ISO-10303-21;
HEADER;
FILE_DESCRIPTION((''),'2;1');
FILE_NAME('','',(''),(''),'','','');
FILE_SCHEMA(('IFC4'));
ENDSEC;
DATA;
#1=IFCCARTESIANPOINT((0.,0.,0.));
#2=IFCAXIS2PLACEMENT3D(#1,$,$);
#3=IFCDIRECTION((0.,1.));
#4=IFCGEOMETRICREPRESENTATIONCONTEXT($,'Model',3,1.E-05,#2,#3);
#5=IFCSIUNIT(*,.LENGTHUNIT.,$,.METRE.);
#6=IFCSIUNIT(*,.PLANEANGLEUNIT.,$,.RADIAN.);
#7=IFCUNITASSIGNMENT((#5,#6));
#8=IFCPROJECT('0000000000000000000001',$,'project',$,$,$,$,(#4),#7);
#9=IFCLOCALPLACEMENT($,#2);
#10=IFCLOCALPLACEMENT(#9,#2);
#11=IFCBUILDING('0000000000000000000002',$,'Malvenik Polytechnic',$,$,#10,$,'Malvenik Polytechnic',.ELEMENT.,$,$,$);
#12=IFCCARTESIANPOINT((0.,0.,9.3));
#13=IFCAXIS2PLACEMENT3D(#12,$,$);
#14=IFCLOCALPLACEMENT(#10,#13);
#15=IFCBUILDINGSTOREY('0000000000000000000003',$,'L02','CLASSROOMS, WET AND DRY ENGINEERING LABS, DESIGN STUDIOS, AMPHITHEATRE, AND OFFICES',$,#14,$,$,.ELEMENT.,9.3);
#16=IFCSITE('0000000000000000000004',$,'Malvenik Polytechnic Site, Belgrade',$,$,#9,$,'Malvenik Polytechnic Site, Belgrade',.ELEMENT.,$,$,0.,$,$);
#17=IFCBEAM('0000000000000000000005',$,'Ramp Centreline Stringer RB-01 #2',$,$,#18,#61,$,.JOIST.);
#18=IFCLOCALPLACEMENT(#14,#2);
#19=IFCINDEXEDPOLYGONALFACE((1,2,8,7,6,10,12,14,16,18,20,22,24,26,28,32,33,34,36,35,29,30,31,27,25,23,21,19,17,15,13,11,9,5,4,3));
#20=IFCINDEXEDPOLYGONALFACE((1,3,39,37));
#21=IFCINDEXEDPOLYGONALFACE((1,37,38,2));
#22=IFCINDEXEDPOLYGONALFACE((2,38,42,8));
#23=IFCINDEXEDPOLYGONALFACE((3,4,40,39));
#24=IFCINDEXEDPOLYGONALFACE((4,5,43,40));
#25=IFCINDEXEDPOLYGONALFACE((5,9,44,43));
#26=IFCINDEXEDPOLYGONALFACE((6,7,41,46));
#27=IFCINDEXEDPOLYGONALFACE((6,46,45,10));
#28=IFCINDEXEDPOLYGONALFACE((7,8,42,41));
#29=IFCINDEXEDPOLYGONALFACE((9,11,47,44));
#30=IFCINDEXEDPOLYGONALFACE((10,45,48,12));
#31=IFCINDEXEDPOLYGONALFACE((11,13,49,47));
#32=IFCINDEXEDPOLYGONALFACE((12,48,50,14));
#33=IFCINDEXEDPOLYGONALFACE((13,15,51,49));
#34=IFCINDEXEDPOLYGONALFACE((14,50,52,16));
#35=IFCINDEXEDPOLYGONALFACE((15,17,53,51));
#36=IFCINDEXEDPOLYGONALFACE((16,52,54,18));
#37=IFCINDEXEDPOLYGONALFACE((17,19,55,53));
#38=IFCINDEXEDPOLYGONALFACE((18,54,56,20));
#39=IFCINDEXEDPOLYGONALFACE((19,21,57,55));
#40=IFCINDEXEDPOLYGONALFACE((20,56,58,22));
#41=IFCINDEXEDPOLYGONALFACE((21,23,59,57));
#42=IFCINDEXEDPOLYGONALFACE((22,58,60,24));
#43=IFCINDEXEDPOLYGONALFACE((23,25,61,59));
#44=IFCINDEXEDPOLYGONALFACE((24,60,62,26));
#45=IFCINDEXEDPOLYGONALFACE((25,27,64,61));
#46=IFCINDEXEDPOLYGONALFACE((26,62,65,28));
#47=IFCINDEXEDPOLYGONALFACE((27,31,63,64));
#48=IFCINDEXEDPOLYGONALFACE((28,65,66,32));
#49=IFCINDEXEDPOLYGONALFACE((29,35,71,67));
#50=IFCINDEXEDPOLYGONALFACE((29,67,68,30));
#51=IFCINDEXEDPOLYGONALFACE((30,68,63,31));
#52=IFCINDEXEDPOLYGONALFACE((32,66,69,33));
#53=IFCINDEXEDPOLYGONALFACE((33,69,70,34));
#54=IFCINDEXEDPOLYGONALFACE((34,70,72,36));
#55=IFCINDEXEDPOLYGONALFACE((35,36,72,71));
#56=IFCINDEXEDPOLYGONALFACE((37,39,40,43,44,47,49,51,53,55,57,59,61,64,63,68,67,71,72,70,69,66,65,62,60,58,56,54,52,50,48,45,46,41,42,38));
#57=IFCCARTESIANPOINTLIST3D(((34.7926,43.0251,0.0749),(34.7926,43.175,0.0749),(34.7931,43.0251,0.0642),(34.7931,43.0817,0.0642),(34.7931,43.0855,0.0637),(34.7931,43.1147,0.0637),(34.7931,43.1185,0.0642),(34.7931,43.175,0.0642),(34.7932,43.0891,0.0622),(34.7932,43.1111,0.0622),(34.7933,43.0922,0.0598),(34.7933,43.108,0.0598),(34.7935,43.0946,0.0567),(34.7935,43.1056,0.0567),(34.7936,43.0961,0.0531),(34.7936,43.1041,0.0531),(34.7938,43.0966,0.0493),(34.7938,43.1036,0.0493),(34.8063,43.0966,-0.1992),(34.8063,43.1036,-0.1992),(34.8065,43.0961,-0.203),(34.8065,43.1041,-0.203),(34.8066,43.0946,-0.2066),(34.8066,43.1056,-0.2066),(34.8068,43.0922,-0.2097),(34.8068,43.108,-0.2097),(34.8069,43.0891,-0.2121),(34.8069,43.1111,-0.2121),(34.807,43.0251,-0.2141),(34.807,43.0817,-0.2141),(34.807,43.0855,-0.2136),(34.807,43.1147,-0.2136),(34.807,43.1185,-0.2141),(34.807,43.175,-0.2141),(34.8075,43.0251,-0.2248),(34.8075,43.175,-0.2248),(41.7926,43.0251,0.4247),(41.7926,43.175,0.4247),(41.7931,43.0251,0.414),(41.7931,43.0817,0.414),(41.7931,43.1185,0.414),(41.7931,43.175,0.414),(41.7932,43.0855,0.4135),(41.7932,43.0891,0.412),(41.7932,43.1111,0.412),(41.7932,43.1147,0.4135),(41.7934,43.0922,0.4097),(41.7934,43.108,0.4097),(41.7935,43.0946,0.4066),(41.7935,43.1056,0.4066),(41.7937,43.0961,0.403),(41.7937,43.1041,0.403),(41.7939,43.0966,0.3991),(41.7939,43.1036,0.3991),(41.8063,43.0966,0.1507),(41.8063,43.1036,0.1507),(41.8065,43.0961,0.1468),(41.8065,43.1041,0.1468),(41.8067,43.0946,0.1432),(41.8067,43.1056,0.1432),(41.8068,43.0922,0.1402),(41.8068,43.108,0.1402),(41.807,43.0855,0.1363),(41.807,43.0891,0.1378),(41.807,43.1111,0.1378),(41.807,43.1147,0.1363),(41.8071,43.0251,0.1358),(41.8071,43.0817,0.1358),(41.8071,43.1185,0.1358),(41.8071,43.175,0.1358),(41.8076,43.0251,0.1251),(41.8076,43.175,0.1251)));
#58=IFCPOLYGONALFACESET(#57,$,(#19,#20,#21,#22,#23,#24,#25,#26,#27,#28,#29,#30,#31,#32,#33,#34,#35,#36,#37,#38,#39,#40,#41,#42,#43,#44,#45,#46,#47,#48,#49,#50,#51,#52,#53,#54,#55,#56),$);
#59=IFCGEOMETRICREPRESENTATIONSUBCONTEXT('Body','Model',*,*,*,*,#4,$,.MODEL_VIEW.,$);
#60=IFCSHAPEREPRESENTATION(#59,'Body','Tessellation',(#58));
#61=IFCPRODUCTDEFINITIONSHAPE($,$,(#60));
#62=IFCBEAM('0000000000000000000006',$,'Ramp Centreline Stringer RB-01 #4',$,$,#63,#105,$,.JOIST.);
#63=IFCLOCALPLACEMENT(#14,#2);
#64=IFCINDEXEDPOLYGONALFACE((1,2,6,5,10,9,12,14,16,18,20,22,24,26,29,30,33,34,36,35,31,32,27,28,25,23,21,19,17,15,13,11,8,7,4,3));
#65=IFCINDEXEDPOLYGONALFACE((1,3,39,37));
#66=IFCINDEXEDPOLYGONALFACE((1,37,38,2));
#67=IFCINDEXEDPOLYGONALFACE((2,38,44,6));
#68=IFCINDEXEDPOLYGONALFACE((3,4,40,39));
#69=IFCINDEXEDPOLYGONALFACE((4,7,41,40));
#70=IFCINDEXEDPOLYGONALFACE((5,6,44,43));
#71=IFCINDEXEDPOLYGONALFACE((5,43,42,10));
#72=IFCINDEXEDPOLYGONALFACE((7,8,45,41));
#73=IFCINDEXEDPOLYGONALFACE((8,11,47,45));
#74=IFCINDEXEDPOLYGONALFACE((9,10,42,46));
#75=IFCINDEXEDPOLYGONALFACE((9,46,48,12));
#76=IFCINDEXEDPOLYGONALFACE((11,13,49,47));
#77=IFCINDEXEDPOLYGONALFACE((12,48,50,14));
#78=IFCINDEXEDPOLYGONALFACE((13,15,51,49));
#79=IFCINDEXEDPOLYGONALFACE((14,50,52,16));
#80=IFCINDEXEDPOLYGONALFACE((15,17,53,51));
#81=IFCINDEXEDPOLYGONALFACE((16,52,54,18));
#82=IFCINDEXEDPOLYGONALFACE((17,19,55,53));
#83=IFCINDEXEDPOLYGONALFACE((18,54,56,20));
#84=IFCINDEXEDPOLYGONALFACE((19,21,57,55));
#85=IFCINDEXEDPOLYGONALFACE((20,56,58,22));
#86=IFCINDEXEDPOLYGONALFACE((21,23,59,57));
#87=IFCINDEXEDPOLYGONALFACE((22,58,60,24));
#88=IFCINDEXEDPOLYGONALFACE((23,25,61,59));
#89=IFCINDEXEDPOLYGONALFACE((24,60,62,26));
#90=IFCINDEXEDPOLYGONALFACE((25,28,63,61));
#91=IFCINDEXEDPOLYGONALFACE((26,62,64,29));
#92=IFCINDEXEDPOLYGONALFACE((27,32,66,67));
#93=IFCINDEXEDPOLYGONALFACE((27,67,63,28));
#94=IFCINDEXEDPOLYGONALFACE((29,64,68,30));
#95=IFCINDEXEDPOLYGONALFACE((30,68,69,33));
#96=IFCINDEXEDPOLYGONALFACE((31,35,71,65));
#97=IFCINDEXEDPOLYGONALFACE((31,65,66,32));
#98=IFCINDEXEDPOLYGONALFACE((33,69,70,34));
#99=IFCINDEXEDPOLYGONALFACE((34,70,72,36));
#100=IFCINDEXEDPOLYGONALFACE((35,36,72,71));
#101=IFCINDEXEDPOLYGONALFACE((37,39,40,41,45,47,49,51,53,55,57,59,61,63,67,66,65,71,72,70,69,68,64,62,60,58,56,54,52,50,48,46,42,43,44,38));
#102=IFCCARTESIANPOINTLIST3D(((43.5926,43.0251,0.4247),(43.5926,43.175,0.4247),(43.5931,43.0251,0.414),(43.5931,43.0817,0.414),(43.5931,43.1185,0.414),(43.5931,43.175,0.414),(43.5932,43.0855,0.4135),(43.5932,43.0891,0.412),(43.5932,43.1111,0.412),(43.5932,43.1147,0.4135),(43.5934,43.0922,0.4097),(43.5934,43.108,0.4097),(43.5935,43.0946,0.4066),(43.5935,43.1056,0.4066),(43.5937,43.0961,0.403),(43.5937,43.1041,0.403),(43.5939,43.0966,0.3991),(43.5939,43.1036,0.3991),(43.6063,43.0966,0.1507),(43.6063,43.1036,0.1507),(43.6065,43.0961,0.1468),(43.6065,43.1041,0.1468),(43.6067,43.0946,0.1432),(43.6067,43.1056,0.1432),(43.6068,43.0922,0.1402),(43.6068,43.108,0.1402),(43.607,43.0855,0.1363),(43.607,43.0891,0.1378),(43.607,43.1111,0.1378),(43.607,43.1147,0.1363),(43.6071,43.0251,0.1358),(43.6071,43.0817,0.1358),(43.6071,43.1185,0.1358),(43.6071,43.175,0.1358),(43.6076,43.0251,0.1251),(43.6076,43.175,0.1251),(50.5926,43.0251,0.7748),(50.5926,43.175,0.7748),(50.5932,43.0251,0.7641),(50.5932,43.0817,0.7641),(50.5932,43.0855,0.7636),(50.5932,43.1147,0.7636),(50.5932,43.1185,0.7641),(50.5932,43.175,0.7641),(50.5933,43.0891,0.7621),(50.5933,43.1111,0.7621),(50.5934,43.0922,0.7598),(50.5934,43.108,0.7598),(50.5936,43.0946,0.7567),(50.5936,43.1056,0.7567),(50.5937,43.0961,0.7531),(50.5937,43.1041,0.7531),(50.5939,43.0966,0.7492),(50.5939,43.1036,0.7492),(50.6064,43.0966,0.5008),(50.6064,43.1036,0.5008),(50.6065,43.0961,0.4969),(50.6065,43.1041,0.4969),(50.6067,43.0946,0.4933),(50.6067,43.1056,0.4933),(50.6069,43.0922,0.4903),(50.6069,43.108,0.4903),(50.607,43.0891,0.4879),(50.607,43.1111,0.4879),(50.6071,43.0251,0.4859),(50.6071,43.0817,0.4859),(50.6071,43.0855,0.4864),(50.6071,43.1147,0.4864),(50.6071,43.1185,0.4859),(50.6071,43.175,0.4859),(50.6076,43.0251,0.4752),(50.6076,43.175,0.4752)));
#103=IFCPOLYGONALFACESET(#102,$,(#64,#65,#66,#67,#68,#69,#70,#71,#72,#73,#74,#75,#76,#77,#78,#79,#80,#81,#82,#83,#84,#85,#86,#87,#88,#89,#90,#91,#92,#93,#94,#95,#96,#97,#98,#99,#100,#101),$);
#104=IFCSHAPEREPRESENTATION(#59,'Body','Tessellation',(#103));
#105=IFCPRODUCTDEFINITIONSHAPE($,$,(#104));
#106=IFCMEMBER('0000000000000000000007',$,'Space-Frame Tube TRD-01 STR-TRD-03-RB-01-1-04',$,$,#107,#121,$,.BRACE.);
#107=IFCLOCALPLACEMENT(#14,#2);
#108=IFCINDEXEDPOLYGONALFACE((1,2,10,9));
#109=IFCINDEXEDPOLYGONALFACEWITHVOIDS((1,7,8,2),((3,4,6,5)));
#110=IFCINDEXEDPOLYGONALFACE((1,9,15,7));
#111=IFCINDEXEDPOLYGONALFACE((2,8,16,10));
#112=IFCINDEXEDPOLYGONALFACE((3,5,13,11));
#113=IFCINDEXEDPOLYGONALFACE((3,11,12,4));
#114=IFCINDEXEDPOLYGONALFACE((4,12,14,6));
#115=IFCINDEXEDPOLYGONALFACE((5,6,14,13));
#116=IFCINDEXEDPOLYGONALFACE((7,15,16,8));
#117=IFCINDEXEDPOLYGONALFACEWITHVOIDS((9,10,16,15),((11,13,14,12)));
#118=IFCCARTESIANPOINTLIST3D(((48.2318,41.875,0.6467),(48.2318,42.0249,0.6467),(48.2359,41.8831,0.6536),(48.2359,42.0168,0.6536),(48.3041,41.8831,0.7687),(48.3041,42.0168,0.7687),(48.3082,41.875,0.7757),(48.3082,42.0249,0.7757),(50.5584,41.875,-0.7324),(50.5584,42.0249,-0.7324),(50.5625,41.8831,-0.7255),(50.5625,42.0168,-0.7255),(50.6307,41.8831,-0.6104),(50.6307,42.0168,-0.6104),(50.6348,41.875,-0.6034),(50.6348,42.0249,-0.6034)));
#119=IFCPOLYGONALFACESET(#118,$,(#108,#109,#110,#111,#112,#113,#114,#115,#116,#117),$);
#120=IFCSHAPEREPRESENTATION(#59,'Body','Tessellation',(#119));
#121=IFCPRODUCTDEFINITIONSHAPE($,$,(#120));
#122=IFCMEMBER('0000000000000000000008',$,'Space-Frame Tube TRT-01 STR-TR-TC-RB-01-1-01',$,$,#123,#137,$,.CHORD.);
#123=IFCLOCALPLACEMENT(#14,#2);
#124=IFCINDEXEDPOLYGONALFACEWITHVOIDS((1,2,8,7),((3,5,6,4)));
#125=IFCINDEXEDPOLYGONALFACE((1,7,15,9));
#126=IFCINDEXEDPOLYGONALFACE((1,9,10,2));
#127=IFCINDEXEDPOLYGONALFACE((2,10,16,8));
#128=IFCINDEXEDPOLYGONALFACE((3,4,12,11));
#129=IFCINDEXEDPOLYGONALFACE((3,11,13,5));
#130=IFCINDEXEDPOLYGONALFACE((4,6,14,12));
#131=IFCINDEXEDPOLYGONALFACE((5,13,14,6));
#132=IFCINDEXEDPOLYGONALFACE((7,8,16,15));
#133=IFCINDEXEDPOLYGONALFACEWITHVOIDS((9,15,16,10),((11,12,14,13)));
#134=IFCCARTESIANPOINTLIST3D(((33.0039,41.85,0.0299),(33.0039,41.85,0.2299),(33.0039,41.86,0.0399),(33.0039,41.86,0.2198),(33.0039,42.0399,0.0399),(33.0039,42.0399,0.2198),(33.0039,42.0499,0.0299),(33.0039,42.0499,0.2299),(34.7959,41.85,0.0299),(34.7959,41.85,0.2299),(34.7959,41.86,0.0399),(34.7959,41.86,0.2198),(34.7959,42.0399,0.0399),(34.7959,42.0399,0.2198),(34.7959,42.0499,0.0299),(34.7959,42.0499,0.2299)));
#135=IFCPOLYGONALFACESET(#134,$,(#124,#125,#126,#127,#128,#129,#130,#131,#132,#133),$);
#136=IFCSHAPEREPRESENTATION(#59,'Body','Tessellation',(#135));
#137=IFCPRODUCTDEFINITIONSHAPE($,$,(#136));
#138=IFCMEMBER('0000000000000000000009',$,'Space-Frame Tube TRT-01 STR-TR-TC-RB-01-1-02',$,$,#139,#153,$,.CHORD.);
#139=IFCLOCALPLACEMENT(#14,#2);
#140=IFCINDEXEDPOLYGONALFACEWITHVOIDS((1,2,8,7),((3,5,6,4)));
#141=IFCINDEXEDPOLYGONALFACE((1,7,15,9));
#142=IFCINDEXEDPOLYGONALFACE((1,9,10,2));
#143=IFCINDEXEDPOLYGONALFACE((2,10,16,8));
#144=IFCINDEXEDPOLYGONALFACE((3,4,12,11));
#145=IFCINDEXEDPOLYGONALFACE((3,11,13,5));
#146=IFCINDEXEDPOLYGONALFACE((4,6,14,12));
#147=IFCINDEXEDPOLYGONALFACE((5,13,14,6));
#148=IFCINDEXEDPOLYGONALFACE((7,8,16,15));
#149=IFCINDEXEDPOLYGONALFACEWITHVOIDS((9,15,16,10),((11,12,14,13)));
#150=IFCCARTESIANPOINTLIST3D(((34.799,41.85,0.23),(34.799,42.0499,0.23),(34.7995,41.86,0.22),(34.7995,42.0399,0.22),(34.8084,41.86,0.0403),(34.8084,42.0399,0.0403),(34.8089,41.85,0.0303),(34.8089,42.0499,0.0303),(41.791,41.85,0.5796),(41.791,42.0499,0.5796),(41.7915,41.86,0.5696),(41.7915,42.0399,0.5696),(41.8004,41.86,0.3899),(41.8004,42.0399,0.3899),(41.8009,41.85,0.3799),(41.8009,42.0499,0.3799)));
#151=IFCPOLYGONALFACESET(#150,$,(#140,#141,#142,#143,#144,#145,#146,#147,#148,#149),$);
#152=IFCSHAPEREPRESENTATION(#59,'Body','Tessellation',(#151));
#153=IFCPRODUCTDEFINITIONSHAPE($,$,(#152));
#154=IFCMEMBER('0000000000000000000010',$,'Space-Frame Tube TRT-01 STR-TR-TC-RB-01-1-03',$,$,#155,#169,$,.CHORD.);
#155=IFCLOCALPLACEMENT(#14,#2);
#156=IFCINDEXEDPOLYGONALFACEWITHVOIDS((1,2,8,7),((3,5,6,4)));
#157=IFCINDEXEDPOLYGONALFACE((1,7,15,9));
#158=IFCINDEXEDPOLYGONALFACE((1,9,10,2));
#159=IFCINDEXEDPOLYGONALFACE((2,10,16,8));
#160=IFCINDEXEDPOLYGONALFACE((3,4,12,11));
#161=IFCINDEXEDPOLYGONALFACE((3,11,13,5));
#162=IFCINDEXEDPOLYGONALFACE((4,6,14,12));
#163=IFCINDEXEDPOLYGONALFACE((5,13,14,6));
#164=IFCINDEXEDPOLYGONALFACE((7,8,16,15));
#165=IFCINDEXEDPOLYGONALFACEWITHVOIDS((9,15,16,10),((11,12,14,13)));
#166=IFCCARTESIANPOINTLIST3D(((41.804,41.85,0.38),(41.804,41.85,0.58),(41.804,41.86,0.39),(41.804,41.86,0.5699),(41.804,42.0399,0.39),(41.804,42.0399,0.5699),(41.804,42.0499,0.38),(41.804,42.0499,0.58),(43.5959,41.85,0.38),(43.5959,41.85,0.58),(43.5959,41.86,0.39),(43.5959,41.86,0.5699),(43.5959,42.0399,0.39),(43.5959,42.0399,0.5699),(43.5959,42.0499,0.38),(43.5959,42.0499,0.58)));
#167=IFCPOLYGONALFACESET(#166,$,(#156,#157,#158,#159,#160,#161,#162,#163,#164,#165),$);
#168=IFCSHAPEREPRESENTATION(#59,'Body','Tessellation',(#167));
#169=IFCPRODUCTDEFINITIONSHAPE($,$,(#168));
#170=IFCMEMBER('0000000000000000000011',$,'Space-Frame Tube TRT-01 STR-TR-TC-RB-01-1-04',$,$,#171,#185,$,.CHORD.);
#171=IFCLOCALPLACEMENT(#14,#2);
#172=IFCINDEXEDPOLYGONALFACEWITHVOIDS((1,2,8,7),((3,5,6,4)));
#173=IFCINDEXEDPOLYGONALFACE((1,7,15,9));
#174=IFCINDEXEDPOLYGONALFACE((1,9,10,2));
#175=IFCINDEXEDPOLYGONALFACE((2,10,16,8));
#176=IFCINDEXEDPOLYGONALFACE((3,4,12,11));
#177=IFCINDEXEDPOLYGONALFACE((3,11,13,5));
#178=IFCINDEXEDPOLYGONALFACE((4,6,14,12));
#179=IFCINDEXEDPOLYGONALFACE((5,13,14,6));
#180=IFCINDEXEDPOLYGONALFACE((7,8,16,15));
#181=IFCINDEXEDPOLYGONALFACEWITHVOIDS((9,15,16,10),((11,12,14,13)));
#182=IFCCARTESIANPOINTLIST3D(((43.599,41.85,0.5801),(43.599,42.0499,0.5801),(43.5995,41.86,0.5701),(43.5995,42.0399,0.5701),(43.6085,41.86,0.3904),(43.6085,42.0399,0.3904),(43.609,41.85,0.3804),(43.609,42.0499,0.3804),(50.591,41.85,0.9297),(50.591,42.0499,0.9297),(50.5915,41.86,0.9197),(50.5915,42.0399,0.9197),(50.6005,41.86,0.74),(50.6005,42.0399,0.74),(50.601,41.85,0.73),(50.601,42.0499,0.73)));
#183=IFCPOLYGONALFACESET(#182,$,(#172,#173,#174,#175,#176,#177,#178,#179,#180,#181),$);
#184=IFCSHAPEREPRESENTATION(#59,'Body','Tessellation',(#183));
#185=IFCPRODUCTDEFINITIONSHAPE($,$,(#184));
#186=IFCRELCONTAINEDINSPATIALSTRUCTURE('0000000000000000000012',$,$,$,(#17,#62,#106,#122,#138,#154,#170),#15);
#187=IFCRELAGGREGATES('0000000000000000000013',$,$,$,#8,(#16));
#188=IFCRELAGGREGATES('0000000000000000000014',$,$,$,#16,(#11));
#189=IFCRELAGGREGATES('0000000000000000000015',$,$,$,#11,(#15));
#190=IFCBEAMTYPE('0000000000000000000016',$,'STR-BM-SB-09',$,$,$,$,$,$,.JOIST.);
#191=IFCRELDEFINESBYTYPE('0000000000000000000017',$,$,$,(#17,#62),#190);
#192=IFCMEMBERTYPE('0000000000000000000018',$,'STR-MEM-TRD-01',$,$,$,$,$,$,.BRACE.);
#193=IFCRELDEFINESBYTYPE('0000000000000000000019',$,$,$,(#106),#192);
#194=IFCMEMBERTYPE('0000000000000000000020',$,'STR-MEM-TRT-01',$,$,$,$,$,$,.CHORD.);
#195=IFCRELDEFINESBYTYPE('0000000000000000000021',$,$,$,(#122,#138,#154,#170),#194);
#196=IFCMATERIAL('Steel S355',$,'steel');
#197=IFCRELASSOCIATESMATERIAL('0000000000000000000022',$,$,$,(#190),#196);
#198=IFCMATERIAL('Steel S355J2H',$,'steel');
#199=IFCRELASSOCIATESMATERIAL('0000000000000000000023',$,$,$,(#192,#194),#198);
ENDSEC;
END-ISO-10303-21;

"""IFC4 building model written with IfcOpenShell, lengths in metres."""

from ifc_helpers import new_model, si_unit, direction, frame, origin, origin_2d, place, context, subcontext, project, spatial, hollow_rectangle, i_section, extrude, material, material_profile, profile_set, type_object, element, save


model = new_model("IFC4")

# Units and contexts
model_context = context("Model", 3, precision=1e-05, world=origin(), true_north=direction((0.0, 1.0)))
body_context = subcontext(model_context, "Body", "Model", "MODEL_VIEW")
ifc_project = project(units=[si_unit("LENGTHUNIT", "METRE"), si_unit("PLANEANGLEUNIT", "RADIAN")], contexts=[model_context])

# Site, building, storey
site_placement = place(None, origin())
site = spatial("IfcSite", under=ifc_project, at=site_placement, Name="Malvenik Polytechnic Site, Belgrade", LongName="Malvenik Polytechnic Site, Belgrade", CompositionType="ELEMENT", RefElevation=0.0)
building_placement = place(site_placement, origin())
building = spatial("IfcBuilding", under=site, at=building_placement, Name="Malvenik Polytechnic", LongName="Malvenik Polytechnic", CompositionType="ELEMENT")
storey_placement = place(building_placement, frame((0.0, 0.0, 9.3)))
storey = spatial("IfcBuildingStorey", under=building, at=storey_placement, Name="L02", Description="CLASSROOMS, WET AND DRY ENGINEERING LABS, DESIGN STUDIOS, AMPHITHEATRE, AND OFFICES", CompositionType="ELEMENT", Elevation=9.3)

# Shared definitions
ifc_material_1 = material(Name="Steel S355J2H", Category="steel")
ifc_material_2 = material(Name="Steel S355", Category="steel")

# Beams
ifc_material_profile_1 = material_profile(ifc_material_2, i_section(OverallWidth=0.1499, OverallDepth=0.3, WebThickness=0.0071, FlangeThickness=0.0107, FilletRadius=0.0149, at=origin_2d()), Name="IPE 300")
ifc_profile_set_1 = profile_set([ifc_material_profile_1], Name="Steel S355")
beam_type_1 = type_object("IfcBeamType", Name="STR-BM-SB-09", PredefinedType="JOIST", material=ifc_profile_set_1)
for number, where, z_axis, x_axis, name in (
    (1, (34.8, 43.1001, -0.075), (0.998753, 0.0, 0.049917), (0.0, 1.0, 0.0), "Ramp Centreline Stringer RB-01 #2"),
    (2, (43.6001, 43.1001, 0.2749), (0.998752, 0.0, 0.049952), (0.0, 1.0, 0.0), "Ramp Centreline Stringer RB-01 #4"),
):
    element("IfcBeam", number, at=place(storey_placement, frame(where, z_axis=z_axis, x_axis=x_axis)), inside=storey, type_object=beam_type_1, Name=name, PredefinedType="JOIST", context=body_context, shape_type="SweptSolid", body=[
        extrude(i_section(OverallWidth=0.1499, OverallDepth=0.3, WebThickness=0.0071, FlangeThickness=0.0107, FilletRadius=0.0149, at=origin_2d()), origin(), (0.0, 0.0, 1.0), 7.0088),
    ])

# Members
ifc_material_profile_2 = material_profile(ifc_material_1, hollow_rectangle(XDim=0.1499, YDim=0.1499, WallThickness=0.0081, at=origin_2d()), Name="SHS 150x150x8.0")
ifc_profile_set_2 = profile_set([ifc_material_profile_2], Name="Steel S355J2H")
member_type_1 = type_object("IfcMemberType", Name="STR-MEM-TRD-01", PredefinedType="BRACE", material=ifc_profile_set_2)
member_1_placement = place(storey_placement, frame((48.27, 41.95, 0.7112), z_axis=(0.860228, 0.0, -0.509909), x_axis=(0.0, 1.0, 0.0)))
element("IfcMember", 3, at=member_1_placement, inside=storey, type_object=member_type_1, Name="Space-Frame Tube TRD-01 STR-TRD-03-RB-01-1-04", PredefinedType="BRACE", context=body_context, shape_type="SweptSolid", body=[
    extrude(hollow_rectangle(XDim=0.1499, YDim=0.1499, WallThickness=0.0081, at=origin_2d()), origin(), (0.0, 0.0, 1.0), 2.7046),
])
ifc_material_profile_3 = material_profile(ifc_material_1, hollow_rectangle(XDim=0.2, YDim=0.2, WallThickness=0.01, at=origin_2d()), Name="SHS 200x200x10.0")
ifc_profile_set_3 = profile_set([ifc_material_profile_3], Name="Steel S355J2H")
member_type_2 = type_object("IfcMemberType", Name="STR-MEM-TRT-01", PredefinedType="CHORD", material=ifc_profile_set_3)
member_2_placement = place(storey_placement, frame((33.0039, 41.95, 0.1299), z_axis=(1.0, 0.0, 0.0), x_axis=(0.0, 1.0, 0.0)))
element("IfcMember", 4, at=member_2_placement, inside=storey, type_object=member_type_2, Name="Space-Frame Tube TRT-01 STR-TR-TC-RB-01-1-01", PredefinedType="CHORD", context=body_context, shape_type="SweptSolid", body=[
    extrude(hollow_rectangle(XDim=0.2, YDim=0.2, WallThickness=0.01, at=origin_2d()), origin(), (0.0, 0.0, 1.0), 1.792),
])
member_3_placement = place(storey_placement, frame((34.804, 41.95, 0.1301), z_axis=(0.998752, 0.0, 0.049939), x_axis=(0.0, 1.0, 0.0)))
element("IfcMember", 5, at=member_3_placement, inside=storey, type_object=member_type_2, Name="Space-Frame Tube TRT-01 STR-TR-TC-RB-01-1-02", PredefinedType="CHORD", context=body_context, shape_type="SweptSolid", body=[
    extrude(hollow_rectangle(XDim=0.2, YDim=0.2, WallThickness=0.01, at=origin_2d()), origin(), (0.0, 0.0, 1.0), 7.0007),
])
member_4_placement = place(storey_placement, frame((41.804, 41.95, 0.48), z_axis=(1.0, 0.0, 0.0), x_axis=(0.0, 1.0, 0.0)))
element("IfcMember", 6, at=member_4_placement, inside=storey, type_object=member_type_2, Name="Space-Frame Tube TRT-01 STR-TR-TC-RB-01-1-03", PredefinedType="CHORD", context=body_context, shape_type="SweptSolid", body=[
    extrude(hollow_rectangle(XDim=0.2, YDim=0.2, WallThickness=0.01, at=origin_2d()), origin(), (0.0, 0.0, 1.0), 1.792),
])
member_5_placement = place(storey_placement, frame((43.604, 41.95, 0.4802), z_axis=(0.998752, 0.0, 0.049939), x_axis=(0.0, 1.0, 0.0)))
element("IfcMember", 7, at=member_5_placement, inside=storey, type_object=member_type_2, Name="Space-Frame Tube TRT-01 STR-TR-TC-RB-01-1-04", PredefinedType="CHORD", context=body_context, shape_type="SweptSolid", body=[
    extrude(hollow_rectangle(XDim=0.2, YDim=0.2, WallThickness=0.01, at=origin_2d()), origin(), (0.0, 0.0, 1.0), 7.0007),
])

save(model, "model.ifc")
